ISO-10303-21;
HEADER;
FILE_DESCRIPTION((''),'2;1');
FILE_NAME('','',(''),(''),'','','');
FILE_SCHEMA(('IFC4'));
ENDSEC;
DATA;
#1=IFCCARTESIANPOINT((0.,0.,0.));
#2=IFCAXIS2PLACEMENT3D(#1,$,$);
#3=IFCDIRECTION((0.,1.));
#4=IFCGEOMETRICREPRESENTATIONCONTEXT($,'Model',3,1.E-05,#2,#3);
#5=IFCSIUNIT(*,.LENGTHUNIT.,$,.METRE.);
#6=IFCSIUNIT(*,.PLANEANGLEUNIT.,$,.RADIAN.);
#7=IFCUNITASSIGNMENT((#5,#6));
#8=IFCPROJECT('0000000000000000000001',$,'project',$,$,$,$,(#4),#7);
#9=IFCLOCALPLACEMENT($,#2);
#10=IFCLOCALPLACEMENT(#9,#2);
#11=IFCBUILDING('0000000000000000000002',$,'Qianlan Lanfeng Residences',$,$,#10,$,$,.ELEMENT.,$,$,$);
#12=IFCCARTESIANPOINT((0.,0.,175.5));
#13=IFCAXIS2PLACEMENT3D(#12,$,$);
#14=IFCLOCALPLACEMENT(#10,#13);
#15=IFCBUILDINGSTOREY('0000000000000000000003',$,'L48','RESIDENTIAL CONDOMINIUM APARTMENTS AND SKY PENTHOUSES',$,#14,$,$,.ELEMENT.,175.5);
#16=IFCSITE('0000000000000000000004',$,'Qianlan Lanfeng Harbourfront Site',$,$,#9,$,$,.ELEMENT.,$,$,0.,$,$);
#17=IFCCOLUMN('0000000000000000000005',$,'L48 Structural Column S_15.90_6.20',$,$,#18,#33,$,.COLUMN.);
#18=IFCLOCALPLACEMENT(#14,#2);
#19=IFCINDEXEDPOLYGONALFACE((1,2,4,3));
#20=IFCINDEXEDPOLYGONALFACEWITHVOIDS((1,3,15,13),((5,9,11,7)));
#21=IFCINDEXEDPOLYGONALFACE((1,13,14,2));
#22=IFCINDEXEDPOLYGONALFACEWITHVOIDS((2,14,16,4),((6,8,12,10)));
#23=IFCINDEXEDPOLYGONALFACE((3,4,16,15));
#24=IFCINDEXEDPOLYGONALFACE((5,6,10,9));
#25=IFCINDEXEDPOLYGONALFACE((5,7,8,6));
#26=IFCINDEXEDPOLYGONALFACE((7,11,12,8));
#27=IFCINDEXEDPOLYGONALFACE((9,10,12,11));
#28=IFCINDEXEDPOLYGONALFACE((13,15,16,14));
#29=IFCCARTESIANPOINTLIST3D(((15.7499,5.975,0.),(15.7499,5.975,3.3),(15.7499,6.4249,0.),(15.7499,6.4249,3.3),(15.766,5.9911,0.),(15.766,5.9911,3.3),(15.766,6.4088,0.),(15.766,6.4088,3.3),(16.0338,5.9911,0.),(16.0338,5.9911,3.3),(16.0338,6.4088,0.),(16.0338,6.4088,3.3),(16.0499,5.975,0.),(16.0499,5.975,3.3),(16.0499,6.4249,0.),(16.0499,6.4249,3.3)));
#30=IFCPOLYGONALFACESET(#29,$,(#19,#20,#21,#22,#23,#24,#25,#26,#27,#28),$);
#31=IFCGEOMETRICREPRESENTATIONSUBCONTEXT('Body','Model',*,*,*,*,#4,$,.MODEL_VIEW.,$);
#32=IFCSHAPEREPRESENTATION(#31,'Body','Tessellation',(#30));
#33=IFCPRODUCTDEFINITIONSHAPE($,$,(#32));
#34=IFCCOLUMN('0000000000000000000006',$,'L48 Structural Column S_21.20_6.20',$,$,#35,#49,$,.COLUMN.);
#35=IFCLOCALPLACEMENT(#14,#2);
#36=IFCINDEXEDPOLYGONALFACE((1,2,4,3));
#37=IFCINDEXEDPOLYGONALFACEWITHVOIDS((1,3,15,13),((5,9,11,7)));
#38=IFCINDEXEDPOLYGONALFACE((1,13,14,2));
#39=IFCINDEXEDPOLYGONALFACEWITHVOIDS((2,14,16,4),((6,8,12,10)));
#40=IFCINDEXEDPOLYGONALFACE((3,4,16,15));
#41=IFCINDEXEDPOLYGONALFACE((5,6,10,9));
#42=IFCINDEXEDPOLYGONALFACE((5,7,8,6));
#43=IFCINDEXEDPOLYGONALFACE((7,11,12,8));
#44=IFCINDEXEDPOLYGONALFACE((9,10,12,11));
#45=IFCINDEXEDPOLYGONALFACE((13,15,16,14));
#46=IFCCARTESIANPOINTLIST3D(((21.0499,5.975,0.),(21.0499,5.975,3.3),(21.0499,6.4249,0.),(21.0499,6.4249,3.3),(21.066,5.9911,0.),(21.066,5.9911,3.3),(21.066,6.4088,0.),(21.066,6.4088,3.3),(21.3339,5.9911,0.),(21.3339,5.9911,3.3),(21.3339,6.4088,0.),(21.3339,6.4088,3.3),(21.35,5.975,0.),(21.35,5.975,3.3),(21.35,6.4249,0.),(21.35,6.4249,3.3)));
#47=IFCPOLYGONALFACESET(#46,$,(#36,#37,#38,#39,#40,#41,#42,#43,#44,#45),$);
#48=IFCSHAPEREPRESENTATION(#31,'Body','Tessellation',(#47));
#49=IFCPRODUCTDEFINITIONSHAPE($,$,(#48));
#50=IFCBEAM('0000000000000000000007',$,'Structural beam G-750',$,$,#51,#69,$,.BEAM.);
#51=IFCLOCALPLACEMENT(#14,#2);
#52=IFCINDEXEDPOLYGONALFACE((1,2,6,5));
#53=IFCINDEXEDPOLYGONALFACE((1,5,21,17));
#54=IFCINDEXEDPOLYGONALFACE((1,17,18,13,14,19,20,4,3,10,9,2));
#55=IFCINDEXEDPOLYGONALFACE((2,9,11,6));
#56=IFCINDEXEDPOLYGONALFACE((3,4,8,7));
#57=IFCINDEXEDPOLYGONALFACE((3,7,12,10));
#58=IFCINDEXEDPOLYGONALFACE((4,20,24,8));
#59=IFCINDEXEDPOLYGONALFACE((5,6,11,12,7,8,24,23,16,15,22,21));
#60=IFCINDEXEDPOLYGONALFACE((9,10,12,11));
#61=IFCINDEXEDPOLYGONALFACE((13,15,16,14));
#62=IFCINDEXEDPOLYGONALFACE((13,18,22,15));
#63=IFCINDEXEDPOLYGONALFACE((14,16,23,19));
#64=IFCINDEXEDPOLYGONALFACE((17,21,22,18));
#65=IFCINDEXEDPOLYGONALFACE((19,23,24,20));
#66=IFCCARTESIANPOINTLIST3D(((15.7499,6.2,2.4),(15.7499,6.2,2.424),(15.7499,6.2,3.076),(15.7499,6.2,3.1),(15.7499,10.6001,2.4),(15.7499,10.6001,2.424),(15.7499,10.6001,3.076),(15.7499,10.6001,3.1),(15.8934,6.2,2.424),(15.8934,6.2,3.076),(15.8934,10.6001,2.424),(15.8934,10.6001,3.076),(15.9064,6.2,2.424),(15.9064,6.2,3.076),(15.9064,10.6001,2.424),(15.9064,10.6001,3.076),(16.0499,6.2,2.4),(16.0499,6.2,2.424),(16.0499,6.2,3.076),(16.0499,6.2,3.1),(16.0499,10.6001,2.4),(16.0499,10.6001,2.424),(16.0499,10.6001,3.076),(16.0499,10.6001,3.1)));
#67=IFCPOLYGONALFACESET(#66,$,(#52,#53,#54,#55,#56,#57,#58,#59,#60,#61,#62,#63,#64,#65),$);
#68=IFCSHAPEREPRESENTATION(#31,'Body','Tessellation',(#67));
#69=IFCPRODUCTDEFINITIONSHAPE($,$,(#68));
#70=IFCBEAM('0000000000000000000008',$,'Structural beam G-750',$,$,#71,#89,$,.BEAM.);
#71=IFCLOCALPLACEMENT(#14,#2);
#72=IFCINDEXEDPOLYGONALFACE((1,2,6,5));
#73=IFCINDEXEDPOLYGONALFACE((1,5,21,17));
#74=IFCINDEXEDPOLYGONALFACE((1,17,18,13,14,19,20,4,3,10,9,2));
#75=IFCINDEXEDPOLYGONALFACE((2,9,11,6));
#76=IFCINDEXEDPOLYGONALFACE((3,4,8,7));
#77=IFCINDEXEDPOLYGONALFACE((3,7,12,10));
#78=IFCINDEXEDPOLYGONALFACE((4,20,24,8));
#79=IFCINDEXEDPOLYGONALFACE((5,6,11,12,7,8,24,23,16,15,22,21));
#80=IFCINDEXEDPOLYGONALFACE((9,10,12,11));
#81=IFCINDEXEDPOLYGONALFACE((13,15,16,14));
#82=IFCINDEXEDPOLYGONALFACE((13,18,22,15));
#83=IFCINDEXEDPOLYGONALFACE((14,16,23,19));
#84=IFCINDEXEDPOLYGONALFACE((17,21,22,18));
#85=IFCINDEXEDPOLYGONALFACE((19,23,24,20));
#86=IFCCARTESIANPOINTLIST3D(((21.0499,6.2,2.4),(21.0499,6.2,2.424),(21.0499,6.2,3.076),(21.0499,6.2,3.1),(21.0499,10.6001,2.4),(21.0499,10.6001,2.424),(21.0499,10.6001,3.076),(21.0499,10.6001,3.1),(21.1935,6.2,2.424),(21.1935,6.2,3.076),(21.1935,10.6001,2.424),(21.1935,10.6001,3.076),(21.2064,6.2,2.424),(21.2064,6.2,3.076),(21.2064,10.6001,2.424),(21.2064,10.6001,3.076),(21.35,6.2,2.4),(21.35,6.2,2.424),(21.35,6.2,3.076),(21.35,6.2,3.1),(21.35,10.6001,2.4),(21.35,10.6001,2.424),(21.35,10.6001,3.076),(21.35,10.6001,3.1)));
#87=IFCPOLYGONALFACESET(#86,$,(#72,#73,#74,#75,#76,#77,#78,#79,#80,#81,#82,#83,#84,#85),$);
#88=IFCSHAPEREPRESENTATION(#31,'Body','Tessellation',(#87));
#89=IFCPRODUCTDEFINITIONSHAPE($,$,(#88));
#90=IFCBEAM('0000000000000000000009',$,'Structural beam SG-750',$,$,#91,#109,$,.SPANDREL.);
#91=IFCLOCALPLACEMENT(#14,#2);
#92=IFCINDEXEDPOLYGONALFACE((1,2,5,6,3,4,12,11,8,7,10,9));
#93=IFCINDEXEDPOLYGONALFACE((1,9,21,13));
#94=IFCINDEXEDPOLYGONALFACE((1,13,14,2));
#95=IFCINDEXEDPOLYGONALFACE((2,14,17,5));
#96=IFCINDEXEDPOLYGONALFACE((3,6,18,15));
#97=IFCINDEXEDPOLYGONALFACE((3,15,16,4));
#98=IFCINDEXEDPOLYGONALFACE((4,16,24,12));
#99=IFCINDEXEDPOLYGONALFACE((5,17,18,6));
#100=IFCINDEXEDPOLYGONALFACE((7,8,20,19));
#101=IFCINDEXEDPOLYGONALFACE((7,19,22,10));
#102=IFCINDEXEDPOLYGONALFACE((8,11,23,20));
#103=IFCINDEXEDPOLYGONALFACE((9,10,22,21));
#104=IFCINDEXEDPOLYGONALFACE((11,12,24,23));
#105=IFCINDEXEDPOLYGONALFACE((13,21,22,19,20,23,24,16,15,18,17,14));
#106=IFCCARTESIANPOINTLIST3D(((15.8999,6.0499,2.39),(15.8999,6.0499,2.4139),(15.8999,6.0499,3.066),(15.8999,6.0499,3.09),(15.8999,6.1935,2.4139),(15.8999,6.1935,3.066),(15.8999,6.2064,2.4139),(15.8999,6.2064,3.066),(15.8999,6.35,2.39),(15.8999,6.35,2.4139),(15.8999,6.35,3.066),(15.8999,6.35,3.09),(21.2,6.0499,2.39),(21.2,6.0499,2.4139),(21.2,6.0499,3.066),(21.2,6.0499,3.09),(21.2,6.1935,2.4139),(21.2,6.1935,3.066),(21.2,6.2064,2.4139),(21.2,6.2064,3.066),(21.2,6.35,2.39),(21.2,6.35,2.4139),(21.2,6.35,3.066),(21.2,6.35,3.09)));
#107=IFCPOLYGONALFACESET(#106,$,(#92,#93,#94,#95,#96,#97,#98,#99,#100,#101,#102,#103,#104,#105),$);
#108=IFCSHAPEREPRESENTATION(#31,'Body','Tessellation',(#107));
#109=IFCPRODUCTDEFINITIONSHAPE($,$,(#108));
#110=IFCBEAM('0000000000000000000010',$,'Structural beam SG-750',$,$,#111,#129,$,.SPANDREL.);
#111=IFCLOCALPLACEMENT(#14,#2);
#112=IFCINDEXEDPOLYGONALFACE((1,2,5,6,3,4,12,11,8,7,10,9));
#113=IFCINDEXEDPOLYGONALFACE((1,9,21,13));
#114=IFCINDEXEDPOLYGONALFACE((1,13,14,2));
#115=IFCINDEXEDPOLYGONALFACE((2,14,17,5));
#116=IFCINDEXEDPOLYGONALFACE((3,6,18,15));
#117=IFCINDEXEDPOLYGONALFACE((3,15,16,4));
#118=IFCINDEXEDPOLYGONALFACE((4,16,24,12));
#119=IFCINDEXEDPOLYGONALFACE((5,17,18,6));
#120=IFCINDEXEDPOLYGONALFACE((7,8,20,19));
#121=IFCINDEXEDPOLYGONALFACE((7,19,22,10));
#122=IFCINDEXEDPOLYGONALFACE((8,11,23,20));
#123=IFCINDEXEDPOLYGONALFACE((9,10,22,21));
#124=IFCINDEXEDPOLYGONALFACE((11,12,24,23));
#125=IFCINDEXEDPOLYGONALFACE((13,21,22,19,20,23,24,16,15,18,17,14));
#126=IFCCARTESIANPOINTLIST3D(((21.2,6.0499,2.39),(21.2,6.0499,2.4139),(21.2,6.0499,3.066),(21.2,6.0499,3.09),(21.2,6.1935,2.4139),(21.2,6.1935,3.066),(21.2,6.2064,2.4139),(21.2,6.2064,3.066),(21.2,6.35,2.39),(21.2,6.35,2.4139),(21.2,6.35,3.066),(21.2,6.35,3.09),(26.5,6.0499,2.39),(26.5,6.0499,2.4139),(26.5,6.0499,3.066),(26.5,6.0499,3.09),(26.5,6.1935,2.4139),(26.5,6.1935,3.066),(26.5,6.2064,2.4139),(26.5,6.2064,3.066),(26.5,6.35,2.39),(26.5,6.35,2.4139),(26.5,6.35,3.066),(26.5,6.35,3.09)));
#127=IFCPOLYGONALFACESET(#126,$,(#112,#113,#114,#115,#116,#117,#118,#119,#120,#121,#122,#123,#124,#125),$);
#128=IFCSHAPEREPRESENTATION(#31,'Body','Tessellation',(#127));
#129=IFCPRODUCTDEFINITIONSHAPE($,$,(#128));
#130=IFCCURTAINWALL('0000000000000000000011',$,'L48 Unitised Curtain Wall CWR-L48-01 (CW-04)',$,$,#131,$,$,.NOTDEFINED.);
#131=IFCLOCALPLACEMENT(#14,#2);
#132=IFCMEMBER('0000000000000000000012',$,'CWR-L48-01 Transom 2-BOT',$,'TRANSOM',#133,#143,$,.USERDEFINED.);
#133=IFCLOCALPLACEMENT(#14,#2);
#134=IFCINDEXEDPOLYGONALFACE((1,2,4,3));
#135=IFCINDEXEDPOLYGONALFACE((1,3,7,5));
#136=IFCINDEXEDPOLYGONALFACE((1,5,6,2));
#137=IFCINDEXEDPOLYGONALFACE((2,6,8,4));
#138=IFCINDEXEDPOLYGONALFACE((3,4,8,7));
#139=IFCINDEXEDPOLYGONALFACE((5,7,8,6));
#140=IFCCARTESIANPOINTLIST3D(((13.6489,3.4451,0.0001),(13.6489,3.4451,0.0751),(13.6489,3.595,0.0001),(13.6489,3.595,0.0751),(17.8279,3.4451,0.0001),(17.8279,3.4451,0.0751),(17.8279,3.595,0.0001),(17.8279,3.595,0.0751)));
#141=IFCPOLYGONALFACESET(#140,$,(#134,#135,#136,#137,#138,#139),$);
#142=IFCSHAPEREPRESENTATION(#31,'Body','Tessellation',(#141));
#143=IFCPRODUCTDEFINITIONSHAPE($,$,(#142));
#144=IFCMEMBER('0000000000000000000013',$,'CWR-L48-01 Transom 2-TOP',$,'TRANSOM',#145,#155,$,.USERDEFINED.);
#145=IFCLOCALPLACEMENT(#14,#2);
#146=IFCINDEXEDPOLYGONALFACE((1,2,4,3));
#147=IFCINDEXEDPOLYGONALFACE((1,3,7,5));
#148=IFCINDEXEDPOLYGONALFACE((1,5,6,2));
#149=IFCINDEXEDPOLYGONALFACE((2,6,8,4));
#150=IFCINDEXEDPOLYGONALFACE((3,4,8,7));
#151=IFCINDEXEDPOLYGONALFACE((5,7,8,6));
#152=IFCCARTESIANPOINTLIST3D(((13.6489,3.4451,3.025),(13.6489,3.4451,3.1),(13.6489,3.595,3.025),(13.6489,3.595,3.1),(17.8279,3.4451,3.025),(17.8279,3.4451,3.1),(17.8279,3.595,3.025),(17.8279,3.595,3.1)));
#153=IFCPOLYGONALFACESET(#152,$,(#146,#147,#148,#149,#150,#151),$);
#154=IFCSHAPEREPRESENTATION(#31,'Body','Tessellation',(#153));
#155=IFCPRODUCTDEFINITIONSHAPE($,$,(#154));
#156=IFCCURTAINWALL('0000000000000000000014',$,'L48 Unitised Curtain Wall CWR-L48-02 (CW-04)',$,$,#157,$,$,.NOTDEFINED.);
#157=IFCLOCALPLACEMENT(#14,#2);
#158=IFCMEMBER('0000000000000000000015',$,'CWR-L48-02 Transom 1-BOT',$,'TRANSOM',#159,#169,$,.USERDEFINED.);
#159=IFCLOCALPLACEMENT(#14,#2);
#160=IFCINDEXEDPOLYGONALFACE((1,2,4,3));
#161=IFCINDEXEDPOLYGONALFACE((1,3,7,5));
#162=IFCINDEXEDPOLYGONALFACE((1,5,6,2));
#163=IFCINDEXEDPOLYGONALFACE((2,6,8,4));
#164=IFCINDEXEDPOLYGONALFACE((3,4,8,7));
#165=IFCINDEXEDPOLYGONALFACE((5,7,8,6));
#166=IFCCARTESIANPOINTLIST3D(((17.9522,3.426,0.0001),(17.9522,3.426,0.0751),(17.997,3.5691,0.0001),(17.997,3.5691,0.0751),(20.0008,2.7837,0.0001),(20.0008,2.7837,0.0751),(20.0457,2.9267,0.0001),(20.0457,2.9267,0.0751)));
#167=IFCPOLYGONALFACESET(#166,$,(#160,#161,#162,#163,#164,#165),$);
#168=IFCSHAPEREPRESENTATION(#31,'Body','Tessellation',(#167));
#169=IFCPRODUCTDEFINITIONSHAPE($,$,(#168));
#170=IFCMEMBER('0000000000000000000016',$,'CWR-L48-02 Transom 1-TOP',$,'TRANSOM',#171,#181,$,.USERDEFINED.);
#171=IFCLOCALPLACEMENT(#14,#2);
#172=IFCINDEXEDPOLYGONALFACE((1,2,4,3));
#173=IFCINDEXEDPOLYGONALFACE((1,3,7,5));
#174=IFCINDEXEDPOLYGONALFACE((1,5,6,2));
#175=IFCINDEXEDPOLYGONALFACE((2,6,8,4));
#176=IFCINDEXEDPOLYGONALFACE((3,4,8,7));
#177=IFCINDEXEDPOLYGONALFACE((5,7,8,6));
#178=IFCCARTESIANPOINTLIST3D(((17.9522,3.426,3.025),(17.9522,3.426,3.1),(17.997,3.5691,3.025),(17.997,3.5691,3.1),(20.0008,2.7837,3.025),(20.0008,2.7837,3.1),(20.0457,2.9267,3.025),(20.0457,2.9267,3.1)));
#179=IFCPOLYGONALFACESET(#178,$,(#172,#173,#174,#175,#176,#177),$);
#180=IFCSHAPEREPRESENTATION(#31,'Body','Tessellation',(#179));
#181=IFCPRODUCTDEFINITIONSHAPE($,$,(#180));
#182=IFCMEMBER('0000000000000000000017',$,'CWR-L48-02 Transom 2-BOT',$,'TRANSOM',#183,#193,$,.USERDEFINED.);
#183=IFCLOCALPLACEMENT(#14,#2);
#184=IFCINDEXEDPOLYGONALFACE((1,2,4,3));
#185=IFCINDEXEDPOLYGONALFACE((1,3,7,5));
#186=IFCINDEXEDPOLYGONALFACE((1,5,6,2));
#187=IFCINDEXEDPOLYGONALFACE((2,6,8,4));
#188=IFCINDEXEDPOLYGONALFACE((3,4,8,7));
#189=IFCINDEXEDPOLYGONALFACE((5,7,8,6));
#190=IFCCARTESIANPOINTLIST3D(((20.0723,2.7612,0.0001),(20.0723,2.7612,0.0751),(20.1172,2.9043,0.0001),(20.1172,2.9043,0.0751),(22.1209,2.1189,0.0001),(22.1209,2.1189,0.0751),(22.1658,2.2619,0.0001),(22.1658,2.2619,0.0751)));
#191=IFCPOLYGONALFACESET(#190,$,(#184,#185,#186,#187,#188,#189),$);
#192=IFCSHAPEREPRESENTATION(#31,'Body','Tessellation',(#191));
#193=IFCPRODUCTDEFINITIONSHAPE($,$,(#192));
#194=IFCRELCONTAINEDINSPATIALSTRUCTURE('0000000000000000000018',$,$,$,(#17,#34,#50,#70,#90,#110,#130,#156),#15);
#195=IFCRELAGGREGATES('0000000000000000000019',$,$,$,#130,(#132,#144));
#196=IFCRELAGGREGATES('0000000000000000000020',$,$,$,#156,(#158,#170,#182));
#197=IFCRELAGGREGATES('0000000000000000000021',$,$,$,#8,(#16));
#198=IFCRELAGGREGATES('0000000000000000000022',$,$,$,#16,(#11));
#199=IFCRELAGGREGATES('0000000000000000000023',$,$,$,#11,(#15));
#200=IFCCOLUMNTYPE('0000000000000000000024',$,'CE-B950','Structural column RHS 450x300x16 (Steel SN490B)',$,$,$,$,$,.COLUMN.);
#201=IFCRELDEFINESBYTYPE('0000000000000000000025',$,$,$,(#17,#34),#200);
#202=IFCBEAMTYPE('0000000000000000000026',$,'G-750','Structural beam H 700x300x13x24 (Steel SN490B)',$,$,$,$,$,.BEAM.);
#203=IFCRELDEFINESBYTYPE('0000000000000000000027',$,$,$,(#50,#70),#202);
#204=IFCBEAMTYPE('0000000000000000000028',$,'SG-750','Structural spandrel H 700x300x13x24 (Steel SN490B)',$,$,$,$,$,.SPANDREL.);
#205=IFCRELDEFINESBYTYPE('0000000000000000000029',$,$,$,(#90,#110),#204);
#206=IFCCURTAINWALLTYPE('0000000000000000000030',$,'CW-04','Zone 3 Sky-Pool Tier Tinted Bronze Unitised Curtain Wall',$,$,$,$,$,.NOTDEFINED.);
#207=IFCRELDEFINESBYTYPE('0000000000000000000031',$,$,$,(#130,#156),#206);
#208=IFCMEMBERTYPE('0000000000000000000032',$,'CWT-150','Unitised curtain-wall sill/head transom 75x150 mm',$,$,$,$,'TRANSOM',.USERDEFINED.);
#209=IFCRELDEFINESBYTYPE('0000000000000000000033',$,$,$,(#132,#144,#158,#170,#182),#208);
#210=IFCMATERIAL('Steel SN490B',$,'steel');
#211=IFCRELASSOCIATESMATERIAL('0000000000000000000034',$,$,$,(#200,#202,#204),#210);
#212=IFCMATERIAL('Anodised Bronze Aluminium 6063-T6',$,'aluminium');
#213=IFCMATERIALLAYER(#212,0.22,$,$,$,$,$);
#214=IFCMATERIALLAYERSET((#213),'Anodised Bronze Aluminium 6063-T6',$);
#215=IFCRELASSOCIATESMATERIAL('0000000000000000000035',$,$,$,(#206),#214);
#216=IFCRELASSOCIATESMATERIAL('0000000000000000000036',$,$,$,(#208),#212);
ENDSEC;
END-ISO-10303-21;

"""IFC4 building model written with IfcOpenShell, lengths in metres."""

from ifc_helpers import new_model, si_unit, direction, frame, origin, origin_2d, place, context, subcontext, project, spatial, rectangle, hollow_rectangle, i_section, extrude, source, transform, mapped, material, layer, layer_set, material_profile, profile_set, type_object, element, aggregate, save


model = new_model("IFC4")

# Units and contexts
model_context = context("Model", 3, precision=1e-05, world=origin(), true_north=direction((0.0, 1.0)))
body_context = subcontext(model_context, "Body", "Model", "MODEL_VIEW")
ifc_project = project(units=[si_unit("LENGTHUNIT", "METRE"), si_unit("PLANEANGLEUNIT", "RADIAN")], contexts=[model_context])

# Site, building, storey
site_placement = place(None, origin())
site = spatial("IfcSite", under=ifc_project, at=site_placement, Name="Qianlan Lanfeng Harbourfront Site", CompositionType="ELEMENT", RefElevation=0.0)
building_placement = place(site_placement, origin())
building = spatial("IfcBuilding", under=site, at=building_placement, Name="Qianlan Lanfeng Residences", CompositionType="ELEMENT")
storey_placement = place(building_placement, frame((0.0, 0.0, 175.5)))
storey = spatial("IfcBuildingStorey", under=building, at=storey_placement, Name="L48", Description="RESIDENTIAL CONDOMINIUM APARTMENTS AND SKY PENTHOUSES", CompositionType="ELEMENT", Elevation=175.5)

# Columns
ifc_material_1 = material(Name="Steel SN490B", Category="steel")
ifc_material_profile_1 = material_profile(ifc_material_1, hollow_rectangle(XDim=0.3, YDim=0.45, WallThickness=0.0161, at=origin_2d()), Name="RHS 450x300x16")
ifc_profile_set_1 = profile_set([ifc_material_profile_1], Name="Steel SN490B")
column_type = type_object("IfcColumnType", Name="CE-B950", Description="Structural column RHS 450x300x16 (Steel SN490B)", PredefinedType="COLUMN", material=ifc_profile_set_1)
for number, where, z_axis, x_axis, name in (
    (1, (15.8999, 6.2, 0.0), (0.0, 0.0, 1.0), (1.0, 0.0, 0.0), "L48 Structural Column S_15.90_6.20"),
    (2, (21.2, 6.2, 0.0), (0.0, 0.0, 1.0), (1.0, 0.0, 0.0), "L48 Structural Column S_21.20_6.20"),
):
    element("IfcColumn", number, at=place(storey_placement, frame(where, z_axis=z_axis, x_axis=x_axis)), inside=storey, type_object=column_type, Name=name, PredefinedType="COLUMN", context=body_context, shape_type="SweptSolid", body=[
        extrude(hollow_rectangle(XDim=0.3, YDim=0.45, WallThickness=0.0161, at=origin_2d()), origin(), (0.0, 0.0, 1.0), 3.3),
    ])

# Beams
ifc_material_profile_2 = material_profile(ifc_material_1, i_section(OverallWidth=0.3, OverallDepth=0.7, WebThickness=0.0129, FlangeThickness=0.0239, at=origin_2d()), Name="H 700x300x13x24")
ifc_profile_set_2 = profile_set([ifc_material_profile_2], Name="Steel SN490B")
beam_type_1 = type_object("IfcBeamType", Name="G-750", Description="Structural beam H 700x300x13x24 (Steel SN490B)", PredefinedType="BEAM", material=ifc_profile_set_2)
for number, where, z_axis, x_axis, name in (
    (3, (15.8999, 6.2, 2.75), (0.0, 1.0, 0.0), (-1.0, 0.0, 0.0), "Structural beam G-750"),
    (4, (21.2, 6.2, 2.75), (0.0, 1.0, 0.0), (-1.0, 0.0, 0.0), "Structural beam G-750"),
):
    element("IfcBeam", number, at=place(storey_placement, frame(where, z_axis=z_axis, x_axis=x_axis)), inside=storey, type_object=beam_type_1, Name=name, PredefinedType="BEAM", context=body_context, shape_type="SweptSolid", body=[
        extrude(i_section(OverallWidth=0.3, OverallDepth=0.7, WebThickness=0.0129, FlangeThickness=0.0239, at=origin_2d()), origin(), (0.0, 0.0, 1.0), 4.4001),
    ])
ifc_material_profile_3 = material_profile(ifc_material_1, i_section(OverallWidth=0.3, OverallDepth=0.7, WebThickness=0.0129, FlangeThickness=0.0239, at=origin_2d()), Name="H 700x300x13x24")
ifc_profile_set_3 = profile_set([ifc_material_profile_3], Name="Steel SN490B")
beam_type_2 = type_object("IfcBeamType", Name="SG-750", Description="Structural spandrel H 700x300x13x24 (Steel SN490B)", PredefinedType="SPANDREL", material=ifc_profile_set_3)
for number, where, z_axis, x_axis, name in (
    (5, (15.8999, 6.2, 2.74), (1.0, 0.0, 0.0), (0.0, 1.0, 0.0), "Structural beam SG-750"),
    (6, (21.2, 6.2, 2.74), (1.0, 0.0, 0.0), (0.0, 1.0, 0.0), "Structural beam SG-750"),
):
    element("IfcBeam", number, at=place(storey_placement, frame(where, z_axis=z_axis, x_axis=x_axis)), inside=storey, type_object=beam_type_2, Name=name, PredefinedType="SPANDREL", context=body_context, shape_type="SweptSolid", body=[
        extrude(i_section(OverallWidth=0.3, OverallDepth=0.7, WebThickness=0.0129, FlangeThickness=0.0239, at=origin_2d()), origin(), (0.0, 0.0, 1.0), 5.3),
    ])

# Curtain walls, members
ifc_material_2 = material(Name="Anodised Bronze Aluminium 6063-T6", Category="aluminium")
ifc_layer_1 = layer(ifc_material_2, 0.22)
ifc_layer_set_1 = layer_set([ifc_layer_1], Name="Anodised Bronze Aluminium 6063-T6")
curtain_wall_type = type_object("IfcCurtainWallType", Name="CW-04", Description="Zone 3 Sky-Pool Tier Tinted Bronze Unitised Curtain Wall", PredefinedType="NOTDEFINED", material=ifc_layer_set_1)
curtain_wall_1_placement = place(storey_placement, origin())
curtain_wall_1 = element("IfcCurtainWall", 7, at=curtain_wall_1_placement, inside=storey, type_object=curtain_wall_type, Name="L48 Unitised Curtain Wall CWR-L48-01 (CW-04)", PredefinedType="NOTDEFINED")
ifc_material_profile_4 = material_profile(ifc_material_2, rectangle(XDim=0.075, YDim=0.1499, at=origin_2d()), Name="ALU TRANSOM 75x150")
ifc_profile_set_4 = profile_set([ifc_material_profile_4], Name="Anodised Bronze Aluminium 6063-T6")
member_type_1 = type_object("IfcMemberType", Name="CWT-150", Description="Unitised curtain-wall sill/head transom 75x150 mm", ElementType="TRANSOM", PredefinedType="USERDEFINED", material=ifc_profile_set_4)
shared_shape_1 = source(origin(), body_context, "Body", "SweptSolid", [
    extrude(rectangle(XDim=0.075, YDim=0.1499, at=origin_2d()), origin(), (0.0, 0.0, 1.0), 4.179),
])
member_1_placement = place(storey_placement, frame((13.6489, 3.52, 0.0376), z_axis=(1.0, 0.0, 0.0), x_axis=(0.0, 0.0, 1.0)))
member_1 = element("IfcMember", 8, at=member_1_placement, type_object=member_type_1, Name="CWR-L48-01 Transom 2-BOT", ObjectType="TRANSOM", PredefinedType="USERDEFINED", context=body_context, shape_type="MappedRepresentation", body=[
    mapped(shared_shape_1, transform((0.0, 0.0, 0.0), scale=1.0)),
])
member_2_placement = place(storey_placement, frame((13.6489, 3.52, 3.0625), z_axis=(1.0, 0.0, 0.0), x_axis=(0.0, 0.0, 1.0)))
member_2 = element("IfcMember", 9, at=member_2_placement, type_object=member_type_1, Name="CWR-L48-01 Transom 2-TOP", ObjectType="TRANSOM", PredefinedType="USERDEFINED", context=body_context, shape_type="MappedRepresentation", body=[
    mapped(shared_shape_1, transform((0.0, 0.0, 0.0), scale=1.0)),
])
curtain_wall_2_placement = place(storey_placement, origin())
curtain_wall_2 = element("IfcCurtainWall", 10, at=curtain_wall_2_placement, inside=storey, type_object=curtain_wall_type, Name="L48 Unitised Curtain Wall CWR-L48-02 (CW-04)", PredefinedType="NOTDEFINED")
shared_shape_2 = source(origin(), body_context, "Body", "SweptSolid", [
    extrude(rectangle(XDim=0.075, YDim=0.1499, at=origin_2d()), origin(), (0.0, 0.0, 1.0), 2.147),
])
member_3_placement = place(storey_placement, frame((17.9746, 3.4976, 0.0376), z_axis=(0.954194, -0.299188, 0.0), x_axis=(0.0, 0.0, 1.0)))
member_3 = element("IfcMember", 11, at=member_3_placement, type_object=member_type_1, Name="CWR-L48-02 Transom 1-BOT", ObjectType="TRANSOM", PredefinedType="USERDEFINED", context=body_context, shape_type="MappedRepresentation", body=[
    mapped(shared_shape_2, transform((0.0, 0.0, 0.0), scale=1.0)),
])
member_4_placement = place(storey_placement, frame((17.9746, 3.4976, 3.0625), z_axis=(0.954194, -0.299188, 0.0), x_axis=(0.0, 0.0, 1.0)))
member_4 = element("IfcMember", 12, at=member_4_placement, type_object=member_type_1, Name="CWR-L48-02 Transom 1-TOP", ObjectType="TRANSOM", PredefinedType="USERDEFINED", context=body_context, shape_type="MappedRepresentation", body=[
    mapped(shared_shape_2, transform((0.0, 0.0, 0.0), scale=1.0)),
])
member_5_placement = place(storey_placement, frame((20.0947, 2.8328, 0.0376), z_axis=(0.954194, -0.299188, 0.0), x_axis=(0.0, 0.0, 1.0)))
member_5 = element("IfcMember", 13, at=member_5_placement, type_object=member_type_1, Name="CWR-L48-02 Transom 2-BOT", ObjectType="TRANSOM", PredefinedType="USERDEFINED", context=body_context, shape_type="MappedRepresentation", body=[
    mapped(shared_shape_2, transform((0.0, 0.0, 0.0), scale=1.0)),
])

aggregate(curtain_wall_1, [member_1, member_2])
aggregate(curtain_wall_2, [member_3, member_4, member_5])

save(model, "model.ifc")
